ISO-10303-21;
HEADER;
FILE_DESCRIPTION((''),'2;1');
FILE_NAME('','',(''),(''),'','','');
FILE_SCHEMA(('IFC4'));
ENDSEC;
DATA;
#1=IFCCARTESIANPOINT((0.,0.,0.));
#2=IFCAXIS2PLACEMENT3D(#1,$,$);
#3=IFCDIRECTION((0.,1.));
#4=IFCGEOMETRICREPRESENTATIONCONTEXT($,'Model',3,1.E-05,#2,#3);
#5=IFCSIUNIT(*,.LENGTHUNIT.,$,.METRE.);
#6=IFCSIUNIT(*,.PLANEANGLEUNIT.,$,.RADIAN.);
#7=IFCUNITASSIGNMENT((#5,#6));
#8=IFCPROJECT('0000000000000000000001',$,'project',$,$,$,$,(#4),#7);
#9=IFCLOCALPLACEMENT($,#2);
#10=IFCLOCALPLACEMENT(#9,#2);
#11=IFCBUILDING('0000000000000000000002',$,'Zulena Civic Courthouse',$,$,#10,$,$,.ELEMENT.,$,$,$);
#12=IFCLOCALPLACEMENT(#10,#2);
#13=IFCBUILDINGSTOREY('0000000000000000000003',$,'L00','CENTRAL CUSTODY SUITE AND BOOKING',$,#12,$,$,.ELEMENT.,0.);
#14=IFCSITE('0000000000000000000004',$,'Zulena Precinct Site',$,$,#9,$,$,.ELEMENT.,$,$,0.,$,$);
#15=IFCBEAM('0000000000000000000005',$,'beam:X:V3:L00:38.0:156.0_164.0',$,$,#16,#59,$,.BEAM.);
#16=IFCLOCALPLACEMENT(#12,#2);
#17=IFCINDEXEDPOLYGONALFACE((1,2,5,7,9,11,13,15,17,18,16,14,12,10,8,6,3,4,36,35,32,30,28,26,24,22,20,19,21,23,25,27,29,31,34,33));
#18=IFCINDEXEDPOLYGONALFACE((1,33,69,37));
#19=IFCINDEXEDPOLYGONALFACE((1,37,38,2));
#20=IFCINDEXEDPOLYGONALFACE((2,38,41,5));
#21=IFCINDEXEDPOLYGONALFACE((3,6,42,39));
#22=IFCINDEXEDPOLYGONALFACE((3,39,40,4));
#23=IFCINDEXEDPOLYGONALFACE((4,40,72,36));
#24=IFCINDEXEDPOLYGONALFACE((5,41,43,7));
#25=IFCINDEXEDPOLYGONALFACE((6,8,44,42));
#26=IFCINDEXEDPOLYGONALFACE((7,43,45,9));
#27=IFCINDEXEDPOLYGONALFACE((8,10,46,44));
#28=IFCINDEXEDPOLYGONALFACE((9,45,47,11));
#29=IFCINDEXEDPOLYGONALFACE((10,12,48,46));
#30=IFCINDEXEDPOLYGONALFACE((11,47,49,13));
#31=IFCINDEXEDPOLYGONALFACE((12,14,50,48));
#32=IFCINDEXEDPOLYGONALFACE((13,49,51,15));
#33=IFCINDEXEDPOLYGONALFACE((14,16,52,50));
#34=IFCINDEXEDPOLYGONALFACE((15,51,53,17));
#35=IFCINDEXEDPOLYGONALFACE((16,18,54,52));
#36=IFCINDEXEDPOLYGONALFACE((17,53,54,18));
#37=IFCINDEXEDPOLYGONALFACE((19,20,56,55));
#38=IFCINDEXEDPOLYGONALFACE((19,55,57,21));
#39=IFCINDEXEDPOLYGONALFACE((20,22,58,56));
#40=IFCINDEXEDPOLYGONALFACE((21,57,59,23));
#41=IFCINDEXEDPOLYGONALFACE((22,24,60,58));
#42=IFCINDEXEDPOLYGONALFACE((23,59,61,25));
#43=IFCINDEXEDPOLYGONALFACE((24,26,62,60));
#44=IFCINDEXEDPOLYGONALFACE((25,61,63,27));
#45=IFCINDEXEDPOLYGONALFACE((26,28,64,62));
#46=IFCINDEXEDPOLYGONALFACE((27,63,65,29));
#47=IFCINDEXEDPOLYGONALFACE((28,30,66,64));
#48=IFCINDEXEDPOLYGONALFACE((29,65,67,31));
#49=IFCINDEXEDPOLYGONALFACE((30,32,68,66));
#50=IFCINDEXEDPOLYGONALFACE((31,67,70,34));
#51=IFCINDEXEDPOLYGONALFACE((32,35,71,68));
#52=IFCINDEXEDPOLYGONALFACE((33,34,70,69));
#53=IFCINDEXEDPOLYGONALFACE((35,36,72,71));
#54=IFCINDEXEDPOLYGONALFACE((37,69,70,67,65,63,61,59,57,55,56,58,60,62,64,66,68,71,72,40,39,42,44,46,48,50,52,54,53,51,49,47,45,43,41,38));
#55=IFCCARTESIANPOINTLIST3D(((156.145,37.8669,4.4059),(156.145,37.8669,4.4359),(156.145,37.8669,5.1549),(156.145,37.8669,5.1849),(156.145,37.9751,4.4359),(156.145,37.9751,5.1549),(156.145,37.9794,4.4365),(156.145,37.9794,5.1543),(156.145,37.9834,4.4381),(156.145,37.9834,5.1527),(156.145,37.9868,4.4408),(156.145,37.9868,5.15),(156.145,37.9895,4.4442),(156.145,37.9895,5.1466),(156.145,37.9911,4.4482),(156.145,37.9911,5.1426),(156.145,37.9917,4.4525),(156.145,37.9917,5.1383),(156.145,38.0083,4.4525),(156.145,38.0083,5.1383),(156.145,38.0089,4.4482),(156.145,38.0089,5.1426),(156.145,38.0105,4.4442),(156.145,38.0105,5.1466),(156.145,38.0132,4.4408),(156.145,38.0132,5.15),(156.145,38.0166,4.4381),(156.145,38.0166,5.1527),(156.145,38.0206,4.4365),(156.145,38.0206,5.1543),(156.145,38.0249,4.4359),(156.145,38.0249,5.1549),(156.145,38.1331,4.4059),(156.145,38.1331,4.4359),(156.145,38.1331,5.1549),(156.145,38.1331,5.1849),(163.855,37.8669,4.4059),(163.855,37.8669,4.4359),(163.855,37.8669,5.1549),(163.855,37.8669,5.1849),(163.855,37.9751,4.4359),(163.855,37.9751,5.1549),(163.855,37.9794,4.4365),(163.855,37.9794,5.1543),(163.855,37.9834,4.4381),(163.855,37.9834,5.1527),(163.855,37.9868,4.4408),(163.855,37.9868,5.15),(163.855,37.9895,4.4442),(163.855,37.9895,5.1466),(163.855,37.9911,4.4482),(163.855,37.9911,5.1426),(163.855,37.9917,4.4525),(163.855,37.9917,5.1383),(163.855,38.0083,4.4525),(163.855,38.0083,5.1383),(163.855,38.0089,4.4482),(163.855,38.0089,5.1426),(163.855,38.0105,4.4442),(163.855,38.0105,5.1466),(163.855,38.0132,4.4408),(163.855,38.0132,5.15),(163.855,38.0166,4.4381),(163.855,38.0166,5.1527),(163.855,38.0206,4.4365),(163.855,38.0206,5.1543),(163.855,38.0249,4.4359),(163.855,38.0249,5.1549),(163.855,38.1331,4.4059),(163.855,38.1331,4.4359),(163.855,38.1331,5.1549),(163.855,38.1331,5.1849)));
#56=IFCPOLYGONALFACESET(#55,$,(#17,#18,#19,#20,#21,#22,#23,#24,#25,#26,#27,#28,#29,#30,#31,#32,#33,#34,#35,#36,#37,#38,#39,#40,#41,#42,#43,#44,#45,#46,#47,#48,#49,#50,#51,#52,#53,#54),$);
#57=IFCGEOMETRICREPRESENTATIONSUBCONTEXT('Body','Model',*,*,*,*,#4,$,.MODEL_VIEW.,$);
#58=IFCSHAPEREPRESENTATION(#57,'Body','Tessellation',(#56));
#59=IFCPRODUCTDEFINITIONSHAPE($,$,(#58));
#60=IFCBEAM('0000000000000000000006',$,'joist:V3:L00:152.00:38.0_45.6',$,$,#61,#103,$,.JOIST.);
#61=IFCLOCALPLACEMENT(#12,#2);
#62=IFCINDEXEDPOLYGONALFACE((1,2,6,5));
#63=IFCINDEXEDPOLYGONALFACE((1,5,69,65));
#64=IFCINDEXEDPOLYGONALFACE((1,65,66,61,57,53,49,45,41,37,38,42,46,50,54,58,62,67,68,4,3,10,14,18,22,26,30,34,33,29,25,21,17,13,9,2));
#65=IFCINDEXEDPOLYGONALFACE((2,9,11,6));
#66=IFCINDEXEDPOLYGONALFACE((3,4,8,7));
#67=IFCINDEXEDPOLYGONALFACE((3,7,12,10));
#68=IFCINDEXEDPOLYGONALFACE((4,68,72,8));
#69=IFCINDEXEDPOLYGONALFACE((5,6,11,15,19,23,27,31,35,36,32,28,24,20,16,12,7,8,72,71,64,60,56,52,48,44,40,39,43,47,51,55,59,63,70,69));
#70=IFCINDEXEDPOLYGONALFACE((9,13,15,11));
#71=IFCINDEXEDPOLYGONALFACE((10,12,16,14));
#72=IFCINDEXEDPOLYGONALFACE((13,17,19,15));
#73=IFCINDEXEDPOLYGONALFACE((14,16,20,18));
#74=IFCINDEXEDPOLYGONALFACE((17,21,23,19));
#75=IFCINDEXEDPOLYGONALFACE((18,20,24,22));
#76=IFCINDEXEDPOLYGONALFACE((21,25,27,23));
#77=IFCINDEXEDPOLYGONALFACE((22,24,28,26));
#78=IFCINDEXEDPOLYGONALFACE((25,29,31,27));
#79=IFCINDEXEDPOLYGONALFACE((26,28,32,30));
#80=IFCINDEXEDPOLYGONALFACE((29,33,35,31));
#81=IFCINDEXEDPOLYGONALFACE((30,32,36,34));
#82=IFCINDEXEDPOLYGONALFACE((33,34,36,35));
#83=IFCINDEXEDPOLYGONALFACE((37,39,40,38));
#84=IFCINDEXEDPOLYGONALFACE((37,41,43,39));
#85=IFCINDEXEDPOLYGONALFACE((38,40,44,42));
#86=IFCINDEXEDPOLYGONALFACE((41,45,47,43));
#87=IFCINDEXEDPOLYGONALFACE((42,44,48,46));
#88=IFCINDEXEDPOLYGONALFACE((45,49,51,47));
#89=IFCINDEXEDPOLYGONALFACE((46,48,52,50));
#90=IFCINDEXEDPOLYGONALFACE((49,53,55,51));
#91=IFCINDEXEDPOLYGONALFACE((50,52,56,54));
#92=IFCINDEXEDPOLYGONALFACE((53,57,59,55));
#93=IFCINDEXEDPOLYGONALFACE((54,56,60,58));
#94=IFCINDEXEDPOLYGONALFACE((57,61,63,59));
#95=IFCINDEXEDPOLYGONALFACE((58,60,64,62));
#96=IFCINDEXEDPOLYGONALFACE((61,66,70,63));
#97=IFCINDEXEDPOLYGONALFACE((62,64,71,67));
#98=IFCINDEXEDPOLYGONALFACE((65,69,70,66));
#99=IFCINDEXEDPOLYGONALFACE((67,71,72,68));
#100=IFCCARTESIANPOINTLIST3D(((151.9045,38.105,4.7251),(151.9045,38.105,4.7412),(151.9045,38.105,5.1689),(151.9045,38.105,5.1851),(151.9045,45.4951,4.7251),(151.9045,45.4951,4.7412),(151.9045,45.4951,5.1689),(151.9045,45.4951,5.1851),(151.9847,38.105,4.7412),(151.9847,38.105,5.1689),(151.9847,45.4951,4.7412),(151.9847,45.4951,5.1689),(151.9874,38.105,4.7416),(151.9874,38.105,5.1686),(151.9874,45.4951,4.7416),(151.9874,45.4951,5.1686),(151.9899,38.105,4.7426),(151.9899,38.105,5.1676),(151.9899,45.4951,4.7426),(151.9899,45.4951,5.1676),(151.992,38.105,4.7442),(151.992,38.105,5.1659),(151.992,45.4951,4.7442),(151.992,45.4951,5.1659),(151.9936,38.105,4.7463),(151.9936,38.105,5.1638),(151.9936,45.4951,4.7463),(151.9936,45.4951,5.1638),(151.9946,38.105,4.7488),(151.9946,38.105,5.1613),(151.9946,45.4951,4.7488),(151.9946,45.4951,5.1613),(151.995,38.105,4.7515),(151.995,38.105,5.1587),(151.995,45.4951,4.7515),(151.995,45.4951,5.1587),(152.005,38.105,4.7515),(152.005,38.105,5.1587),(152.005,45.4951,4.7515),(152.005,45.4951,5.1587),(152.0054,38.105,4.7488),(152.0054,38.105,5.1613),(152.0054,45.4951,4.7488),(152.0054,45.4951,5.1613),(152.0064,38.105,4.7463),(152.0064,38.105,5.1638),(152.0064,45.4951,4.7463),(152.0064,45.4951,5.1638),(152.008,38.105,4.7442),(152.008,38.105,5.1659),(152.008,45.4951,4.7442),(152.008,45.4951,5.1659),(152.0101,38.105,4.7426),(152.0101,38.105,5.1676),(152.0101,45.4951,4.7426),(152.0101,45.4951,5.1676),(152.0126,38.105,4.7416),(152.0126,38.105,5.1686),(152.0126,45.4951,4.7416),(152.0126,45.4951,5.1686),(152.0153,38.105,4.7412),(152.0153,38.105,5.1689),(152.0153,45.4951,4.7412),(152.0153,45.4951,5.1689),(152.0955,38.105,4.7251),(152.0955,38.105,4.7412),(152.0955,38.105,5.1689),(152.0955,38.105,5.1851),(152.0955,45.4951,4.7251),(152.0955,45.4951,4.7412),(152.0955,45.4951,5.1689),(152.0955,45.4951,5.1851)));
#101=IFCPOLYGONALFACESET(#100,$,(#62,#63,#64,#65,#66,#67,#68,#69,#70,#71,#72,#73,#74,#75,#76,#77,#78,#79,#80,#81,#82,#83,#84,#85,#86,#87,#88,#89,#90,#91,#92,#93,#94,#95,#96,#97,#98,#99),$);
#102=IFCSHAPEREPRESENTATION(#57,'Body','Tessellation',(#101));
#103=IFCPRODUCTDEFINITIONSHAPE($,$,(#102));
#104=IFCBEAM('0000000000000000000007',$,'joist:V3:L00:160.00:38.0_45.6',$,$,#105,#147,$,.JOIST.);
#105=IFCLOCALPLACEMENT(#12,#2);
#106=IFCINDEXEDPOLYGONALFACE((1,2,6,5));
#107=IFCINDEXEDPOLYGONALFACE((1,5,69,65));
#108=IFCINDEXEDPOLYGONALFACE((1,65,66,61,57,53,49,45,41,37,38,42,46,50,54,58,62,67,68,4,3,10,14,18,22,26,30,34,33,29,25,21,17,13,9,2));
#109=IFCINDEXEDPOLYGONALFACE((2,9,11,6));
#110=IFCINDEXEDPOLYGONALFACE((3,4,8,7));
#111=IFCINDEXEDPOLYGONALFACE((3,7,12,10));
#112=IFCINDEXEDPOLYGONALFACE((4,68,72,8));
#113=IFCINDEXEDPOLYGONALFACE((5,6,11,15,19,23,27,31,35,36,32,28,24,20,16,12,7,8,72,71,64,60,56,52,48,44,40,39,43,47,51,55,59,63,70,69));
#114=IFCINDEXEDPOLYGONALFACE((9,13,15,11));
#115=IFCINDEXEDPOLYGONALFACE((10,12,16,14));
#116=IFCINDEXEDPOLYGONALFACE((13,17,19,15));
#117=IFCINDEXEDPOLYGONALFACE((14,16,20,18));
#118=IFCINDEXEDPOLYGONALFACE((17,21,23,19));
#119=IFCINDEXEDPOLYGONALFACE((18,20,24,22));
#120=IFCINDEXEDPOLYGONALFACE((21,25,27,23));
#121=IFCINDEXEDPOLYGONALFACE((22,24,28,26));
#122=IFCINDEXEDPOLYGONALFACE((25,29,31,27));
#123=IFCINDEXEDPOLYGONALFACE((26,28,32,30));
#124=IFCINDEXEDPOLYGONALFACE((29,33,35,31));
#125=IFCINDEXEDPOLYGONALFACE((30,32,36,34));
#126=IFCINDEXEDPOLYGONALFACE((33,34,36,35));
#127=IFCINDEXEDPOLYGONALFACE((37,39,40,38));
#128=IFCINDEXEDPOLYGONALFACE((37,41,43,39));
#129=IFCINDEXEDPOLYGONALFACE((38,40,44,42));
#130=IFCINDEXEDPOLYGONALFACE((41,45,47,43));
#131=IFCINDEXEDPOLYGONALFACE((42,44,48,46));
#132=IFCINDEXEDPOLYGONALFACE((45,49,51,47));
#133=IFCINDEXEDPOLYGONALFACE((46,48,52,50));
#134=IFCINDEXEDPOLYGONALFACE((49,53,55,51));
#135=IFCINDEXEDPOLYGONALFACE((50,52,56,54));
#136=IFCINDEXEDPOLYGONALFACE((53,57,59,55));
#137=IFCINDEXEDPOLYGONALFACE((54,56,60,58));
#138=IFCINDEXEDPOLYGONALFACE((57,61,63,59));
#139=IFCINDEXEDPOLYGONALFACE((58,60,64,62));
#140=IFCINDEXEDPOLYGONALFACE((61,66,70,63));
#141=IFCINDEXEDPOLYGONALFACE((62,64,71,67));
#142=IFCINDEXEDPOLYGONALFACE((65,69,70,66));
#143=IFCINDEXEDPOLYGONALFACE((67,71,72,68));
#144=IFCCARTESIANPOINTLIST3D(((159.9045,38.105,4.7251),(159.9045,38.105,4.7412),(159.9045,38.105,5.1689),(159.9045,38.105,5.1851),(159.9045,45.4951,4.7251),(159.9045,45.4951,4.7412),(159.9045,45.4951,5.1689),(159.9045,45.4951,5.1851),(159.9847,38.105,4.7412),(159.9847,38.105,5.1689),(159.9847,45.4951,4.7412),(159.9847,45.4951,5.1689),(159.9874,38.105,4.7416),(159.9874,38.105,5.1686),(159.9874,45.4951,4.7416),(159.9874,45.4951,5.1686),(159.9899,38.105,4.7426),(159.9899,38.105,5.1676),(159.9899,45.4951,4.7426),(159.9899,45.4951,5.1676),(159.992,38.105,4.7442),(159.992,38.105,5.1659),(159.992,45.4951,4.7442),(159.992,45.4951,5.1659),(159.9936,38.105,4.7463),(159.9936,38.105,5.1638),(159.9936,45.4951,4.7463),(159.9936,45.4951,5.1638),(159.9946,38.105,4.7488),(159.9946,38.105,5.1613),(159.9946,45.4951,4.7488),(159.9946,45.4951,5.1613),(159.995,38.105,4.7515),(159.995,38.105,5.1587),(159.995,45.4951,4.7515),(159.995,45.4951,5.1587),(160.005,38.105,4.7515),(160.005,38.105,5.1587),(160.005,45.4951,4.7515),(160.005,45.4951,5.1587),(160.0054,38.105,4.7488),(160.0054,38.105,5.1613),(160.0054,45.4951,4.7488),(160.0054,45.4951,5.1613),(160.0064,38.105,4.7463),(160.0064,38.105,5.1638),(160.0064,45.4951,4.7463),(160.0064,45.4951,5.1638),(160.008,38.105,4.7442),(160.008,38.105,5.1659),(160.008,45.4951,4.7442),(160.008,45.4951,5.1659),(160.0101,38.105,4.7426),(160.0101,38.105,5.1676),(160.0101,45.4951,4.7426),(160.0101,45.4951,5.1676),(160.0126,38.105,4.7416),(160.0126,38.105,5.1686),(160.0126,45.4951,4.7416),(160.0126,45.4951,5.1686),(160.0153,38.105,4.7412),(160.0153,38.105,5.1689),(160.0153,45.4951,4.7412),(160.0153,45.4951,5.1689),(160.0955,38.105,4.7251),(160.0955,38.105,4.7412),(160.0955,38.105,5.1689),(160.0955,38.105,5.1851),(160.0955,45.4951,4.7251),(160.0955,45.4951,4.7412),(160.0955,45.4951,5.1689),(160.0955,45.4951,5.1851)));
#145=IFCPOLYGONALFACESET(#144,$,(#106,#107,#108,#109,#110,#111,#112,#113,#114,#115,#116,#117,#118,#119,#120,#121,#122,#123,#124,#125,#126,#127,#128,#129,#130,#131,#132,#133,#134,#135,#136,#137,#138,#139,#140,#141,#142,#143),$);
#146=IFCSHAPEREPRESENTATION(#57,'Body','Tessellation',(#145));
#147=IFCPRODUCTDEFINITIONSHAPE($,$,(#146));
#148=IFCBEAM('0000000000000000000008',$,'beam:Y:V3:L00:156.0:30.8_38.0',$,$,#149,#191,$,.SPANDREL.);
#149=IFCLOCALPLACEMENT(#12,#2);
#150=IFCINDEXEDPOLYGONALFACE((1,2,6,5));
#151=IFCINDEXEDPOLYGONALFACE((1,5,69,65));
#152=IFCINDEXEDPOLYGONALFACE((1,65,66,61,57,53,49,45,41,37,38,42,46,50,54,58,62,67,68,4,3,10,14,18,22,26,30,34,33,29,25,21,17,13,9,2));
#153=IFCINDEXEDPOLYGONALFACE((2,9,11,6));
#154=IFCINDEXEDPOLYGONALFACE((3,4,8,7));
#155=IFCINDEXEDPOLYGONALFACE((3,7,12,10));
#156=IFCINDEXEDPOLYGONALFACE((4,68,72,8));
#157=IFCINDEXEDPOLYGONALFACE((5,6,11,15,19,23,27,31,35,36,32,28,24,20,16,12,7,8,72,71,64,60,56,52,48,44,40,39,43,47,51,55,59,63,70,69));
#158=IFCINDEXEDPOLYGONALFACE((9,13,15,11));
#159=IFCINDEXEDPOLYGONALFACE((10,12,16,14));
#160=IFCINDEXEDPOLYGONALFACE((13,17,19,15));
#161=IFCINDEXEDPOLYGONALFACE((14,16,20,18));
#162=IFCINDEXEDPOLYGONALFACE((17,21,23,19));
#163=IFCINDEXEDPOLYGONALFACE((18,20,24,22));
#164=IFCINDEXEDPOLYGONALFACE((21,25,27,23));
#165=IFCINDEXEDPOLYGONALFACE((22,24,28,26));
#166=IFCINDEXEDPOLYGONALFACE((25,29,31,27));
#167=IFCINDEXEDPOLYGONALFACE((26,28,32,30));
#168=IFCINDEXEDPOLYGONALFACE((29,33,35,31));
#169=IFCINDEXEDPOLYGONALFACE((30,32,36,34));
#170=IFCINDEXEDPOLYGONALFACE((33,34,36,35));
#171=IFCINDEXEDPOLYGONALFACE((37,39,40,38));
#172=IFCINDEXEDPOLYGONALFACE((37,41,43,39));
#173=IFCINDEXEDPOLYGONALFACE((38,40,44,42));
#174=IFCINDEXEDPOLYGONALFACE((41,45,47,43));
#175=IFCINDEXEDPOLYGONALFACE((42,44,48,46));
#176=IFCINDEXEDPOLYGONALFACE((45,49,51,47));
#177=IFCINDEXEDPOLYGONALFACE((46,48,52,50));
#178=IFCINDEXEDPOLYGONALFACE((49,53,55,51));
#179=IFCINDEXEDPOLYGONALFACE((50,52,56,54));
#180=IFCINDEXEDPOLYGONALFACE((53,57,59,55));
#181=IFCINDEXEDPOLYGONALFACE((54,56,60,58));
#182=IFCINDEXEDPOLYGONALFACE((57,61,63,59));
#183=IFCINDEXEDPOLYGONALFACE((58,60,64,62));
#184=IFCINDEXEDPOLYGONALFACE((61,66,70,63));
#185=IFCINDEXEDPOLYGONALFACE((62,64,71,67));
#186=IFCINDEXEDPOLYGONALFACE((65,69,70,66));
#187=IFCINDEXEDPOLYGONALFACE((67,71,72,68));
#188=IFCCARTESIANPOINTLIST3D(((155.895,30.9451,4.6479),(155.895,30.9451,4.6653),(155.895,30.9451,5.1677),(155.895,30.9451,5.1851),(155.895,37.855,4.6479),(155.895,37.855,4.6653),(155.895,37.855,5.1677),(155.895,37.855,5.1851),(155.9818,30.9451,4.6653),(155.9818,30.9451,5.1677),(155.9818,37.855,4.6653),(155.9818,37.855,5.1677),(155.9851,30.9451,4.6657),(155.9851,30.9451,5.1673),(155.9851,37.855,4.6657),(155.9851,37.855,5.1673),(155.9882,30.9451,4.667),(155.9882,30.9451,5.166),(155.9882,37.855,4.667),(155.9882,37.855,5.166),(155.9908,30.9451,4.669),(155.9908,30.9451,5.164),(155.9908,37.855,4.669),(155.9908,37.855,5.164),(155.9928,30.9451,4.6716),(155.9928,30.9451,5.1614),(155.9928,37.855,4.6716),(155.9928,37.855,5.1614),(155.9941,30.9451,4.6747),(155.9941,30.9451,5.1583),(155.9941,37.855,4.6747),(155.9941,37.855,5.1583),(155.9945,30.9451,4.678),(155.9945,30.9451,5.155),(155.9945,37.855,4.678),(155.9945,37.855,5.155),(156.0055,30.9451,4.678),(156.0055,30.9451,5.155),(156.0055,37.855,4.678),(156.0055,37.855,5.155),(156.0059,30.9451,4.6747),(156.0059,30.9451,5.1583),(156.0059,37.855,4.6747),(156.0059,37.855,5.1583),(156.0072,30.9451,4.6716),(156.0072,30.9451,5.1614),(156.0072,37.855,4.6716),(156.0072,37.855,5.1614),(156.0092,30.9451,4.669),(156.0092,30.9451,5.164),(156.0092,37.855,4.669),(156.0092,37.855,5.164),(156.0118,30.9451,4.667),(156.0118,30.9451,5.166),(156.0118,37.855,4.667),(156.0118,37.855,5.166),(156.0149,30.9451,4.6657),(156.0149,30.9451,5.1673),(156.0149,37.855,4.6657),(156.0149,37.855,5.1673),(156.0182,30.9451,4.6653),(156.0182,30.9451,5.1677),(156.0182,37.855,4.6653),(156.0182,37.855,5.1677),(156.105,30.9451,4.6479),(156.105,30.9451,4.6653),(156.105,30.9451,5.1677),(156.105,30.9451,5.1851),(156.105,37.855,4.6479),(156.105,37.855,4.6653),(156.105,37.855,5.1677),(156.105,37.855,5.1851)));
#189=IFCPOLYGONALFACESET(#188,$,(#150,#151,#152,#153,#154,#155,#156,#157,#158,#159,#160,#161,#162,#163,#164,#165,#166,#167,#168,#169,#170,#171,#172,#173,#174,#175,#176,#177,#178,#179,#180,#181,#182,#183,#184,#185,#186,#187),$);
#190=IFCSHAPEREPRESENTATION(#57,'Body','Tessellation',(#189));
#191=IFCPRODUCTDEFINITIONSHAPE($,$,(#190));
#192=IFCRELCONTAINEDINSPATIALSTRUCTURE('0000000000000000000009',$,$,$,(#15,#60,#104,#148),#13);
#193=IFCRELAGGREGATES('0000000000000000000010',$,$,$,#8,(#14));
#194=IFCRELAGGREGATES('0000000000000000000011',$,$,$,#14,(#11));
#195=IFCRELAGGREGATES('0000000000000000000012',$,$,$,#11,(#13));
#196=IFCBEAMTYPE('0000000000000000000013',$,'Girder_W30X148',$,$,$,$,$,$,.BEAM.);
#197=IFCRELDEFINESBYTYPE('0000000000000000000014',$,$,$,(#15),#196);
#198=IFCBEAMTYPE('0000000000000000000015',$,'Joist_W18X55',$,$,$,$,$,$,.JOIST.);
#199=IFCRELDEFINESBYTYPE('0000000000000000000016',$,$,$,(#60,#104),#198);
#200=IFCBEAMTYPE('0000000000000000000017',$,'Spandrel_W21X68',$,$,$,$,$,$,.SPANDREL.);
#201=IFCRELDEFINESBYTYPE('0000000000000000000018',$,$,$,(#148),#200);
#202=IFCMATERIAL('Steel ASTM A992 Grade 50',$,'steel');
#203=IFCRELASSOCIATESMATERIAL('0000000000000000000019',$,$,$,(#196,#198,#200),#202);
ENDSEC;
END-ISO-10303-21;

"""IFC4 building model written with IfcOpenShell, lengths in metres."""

from ifc_helpers import new_model, si_unit, direction, frame, origin, origin_2d, place, context, subcontext, project, spatial, i_section, extrude, material, material_profile, profile_set, type_object, element, save


model = new_model("IFC4")

# Units and contexts
model_context = context("Model", 3, precision=1e-05, world=origin(), true_north=direction((0.0, 1.0)))
body_context = subcontext(model_context, "Body", "Model", "MODEL_VIEW")
ifc_project = project(units=[si_unit("LENGTHUNIT", "METRE"), si_unit("PLANEANGLEUNIT", "RADIAN")], contexts=[model_context])

# Site, building, storey
site_placement = place(None, origin())
site = spatial("IfcSite", under=ifc_project, at=site_placement, Name="Zulena Precinct Site", CompositionType="ELEMENT", RefElevation=0.0)
building_placement = place(site_placement, origin())
building = spatial("IfcBuilding", under=site, at=building_placement, Name="Zulena Civic Courthouse", CompositionType="ELEMENT")
storey_placement = place(building_placement, origin())
storey = spatial("IfcBuildingStorey", under=building, at=storey_placement, Name="L00", Description="CENTRAL CUSTODY SUITE AND BOOKING", CompositionType="ELEMENT", Elevation=0.0)

# Shared definitions
ifc_material_1 = material(Name="Steel ASTM A992 Grade 50", Category="steel")

# Beams
ifc_material_profile_1 = material_profile(ifc_material_1, i_section(OverallWidth=0.2661, OverallDepth=0.7791, WebThickness=0.0166, FlangeThickness=0.03, FilletRadius=0.0166, at=origin_2d()), Name="W30X148")
ifc_profile_set_1 = profile_set([ifc_material_profile_1], Name="Steel ASTM A992 Grade 50")
beam_type_1 = type_object("IfcBeamType", Name="Girder_W30X148", PredefinedType="BEAM", material=ifc_profile_set_1)
beam_1_placement = place(storey_placement, frame((156.145, 38.0, 4.7954), z_axis=(1.0, 0.0, 0.0), x_axis=(0.0, 1.0, 0.0)))
element("IfcBeam", 1, at=beam_1_placement, inside=storey, type_object=beam_type_1, Name="beam:X:V3:L00:38.0:156.0_164.0", PredefinedType="BEAM", context=body_context, shape_type="SweptSolid", body=[
    extrude(i_section(OverallWidth=0.2661, OverallDepth=0.7791, WebThickness=0.0166, FlangeThickness=0.03, FilletRadius=0.0166, at=origin_2d()), origin(), (0.0, 0.0, 1.0), 7.71),
])
ifc_material_profile_2 = material_profile(ifc_material_1, i_section(OverallWidth=0.1909, OverallDepth=0.46, WebThickness=0.01, FlangeThickness=0.0161, FilletRadius=0.0103, at=origin_2d()), Name="W18X55")
ifc_profile_set_2 = profile_set([ifc_material_profile_2], Name="Steel ASTM A992 Grade 50")
beam_type_2 = type_object("IfcBeamType", Name="Joist_W18X55", PredefinedType="JOIST", material=ifc_profile_set_2)
for number, where, z_axis, x_axis, name in (
    (2, (152.0, 38.105, 4.9551), (0.0, 1.0, 0.0), (-1.0, 0.0, 0.0), "joist:V3:L00:152.00:38.0_45.6"),
    (3, (160.0, 38.105, 4.9551), (0.0, 1.0, 0.0), (-1.0, 0.0, 0.0), "joist:V3:L00:160.00:38.0_45.6"),
):
    element("IfcBeam", number, at=place(storey_placement, frame(where, z_axis=z_axis, x_axis=x_axis)), inside=storey, type_object=beam_type_2, Name=name, PredefinedType="JOIST", context=body_context, shape_type="SweptSolid", body=[
        extrude(i_section(OverallWidth=0.1909, OverallDepth=0.46, WebThickness=0.01, FlangeThickness=0.0161, FilletRadius=0.0103, at=origin_2d()), origin(), (0.0, 0.0, 1.0), 7.3901),
    ])
ifc_material_profile_3 = material_profile(ifc_material_1, i_section(OverallWidth=0.21, OverallDepth=0.5371, WebThickness=0.011, FlangeThickness=0.0173, FilletRadius=0.0127, at=origin_2d()), Name="W21X68")
ifc_profile_set_3 = profile_set([ifc_material_profile_3], Name="Steel ASTM A992 Grade 50")
beam_type_3 = type_object("IfcBeamType", Name="Spandrel_W21X68", PredefinedType="SPANDREL", material=ifc_profile_set_3)
beam_2_placement = place(storey_placement, frame((156.0, 30.9451, 4.9165), z_axis=(0.0, 1.0, 0.0), x_axis=(-1.0, 0.0, 0.0)))
element("IfcBeam", 4, at=beam_2_placement, inside=storey, type_object=beam_type_3, Name="beam:Y:V3:L00:156.0:30.8_38.0", PredefinedType="SPANDREL", context=body_context, shape_type="SweptSolid", body=[
    extrude(i_section(OverallWidth=0.21, OverallDepth=0.5371, WebThickness=0.011, FlangeThickness=0.0173, FilletRadius=0.0127, at=origin_2d()), origin(), (0.0, 0.0, 1.0), 6.9099),
])

save(model, "model.ifc")
